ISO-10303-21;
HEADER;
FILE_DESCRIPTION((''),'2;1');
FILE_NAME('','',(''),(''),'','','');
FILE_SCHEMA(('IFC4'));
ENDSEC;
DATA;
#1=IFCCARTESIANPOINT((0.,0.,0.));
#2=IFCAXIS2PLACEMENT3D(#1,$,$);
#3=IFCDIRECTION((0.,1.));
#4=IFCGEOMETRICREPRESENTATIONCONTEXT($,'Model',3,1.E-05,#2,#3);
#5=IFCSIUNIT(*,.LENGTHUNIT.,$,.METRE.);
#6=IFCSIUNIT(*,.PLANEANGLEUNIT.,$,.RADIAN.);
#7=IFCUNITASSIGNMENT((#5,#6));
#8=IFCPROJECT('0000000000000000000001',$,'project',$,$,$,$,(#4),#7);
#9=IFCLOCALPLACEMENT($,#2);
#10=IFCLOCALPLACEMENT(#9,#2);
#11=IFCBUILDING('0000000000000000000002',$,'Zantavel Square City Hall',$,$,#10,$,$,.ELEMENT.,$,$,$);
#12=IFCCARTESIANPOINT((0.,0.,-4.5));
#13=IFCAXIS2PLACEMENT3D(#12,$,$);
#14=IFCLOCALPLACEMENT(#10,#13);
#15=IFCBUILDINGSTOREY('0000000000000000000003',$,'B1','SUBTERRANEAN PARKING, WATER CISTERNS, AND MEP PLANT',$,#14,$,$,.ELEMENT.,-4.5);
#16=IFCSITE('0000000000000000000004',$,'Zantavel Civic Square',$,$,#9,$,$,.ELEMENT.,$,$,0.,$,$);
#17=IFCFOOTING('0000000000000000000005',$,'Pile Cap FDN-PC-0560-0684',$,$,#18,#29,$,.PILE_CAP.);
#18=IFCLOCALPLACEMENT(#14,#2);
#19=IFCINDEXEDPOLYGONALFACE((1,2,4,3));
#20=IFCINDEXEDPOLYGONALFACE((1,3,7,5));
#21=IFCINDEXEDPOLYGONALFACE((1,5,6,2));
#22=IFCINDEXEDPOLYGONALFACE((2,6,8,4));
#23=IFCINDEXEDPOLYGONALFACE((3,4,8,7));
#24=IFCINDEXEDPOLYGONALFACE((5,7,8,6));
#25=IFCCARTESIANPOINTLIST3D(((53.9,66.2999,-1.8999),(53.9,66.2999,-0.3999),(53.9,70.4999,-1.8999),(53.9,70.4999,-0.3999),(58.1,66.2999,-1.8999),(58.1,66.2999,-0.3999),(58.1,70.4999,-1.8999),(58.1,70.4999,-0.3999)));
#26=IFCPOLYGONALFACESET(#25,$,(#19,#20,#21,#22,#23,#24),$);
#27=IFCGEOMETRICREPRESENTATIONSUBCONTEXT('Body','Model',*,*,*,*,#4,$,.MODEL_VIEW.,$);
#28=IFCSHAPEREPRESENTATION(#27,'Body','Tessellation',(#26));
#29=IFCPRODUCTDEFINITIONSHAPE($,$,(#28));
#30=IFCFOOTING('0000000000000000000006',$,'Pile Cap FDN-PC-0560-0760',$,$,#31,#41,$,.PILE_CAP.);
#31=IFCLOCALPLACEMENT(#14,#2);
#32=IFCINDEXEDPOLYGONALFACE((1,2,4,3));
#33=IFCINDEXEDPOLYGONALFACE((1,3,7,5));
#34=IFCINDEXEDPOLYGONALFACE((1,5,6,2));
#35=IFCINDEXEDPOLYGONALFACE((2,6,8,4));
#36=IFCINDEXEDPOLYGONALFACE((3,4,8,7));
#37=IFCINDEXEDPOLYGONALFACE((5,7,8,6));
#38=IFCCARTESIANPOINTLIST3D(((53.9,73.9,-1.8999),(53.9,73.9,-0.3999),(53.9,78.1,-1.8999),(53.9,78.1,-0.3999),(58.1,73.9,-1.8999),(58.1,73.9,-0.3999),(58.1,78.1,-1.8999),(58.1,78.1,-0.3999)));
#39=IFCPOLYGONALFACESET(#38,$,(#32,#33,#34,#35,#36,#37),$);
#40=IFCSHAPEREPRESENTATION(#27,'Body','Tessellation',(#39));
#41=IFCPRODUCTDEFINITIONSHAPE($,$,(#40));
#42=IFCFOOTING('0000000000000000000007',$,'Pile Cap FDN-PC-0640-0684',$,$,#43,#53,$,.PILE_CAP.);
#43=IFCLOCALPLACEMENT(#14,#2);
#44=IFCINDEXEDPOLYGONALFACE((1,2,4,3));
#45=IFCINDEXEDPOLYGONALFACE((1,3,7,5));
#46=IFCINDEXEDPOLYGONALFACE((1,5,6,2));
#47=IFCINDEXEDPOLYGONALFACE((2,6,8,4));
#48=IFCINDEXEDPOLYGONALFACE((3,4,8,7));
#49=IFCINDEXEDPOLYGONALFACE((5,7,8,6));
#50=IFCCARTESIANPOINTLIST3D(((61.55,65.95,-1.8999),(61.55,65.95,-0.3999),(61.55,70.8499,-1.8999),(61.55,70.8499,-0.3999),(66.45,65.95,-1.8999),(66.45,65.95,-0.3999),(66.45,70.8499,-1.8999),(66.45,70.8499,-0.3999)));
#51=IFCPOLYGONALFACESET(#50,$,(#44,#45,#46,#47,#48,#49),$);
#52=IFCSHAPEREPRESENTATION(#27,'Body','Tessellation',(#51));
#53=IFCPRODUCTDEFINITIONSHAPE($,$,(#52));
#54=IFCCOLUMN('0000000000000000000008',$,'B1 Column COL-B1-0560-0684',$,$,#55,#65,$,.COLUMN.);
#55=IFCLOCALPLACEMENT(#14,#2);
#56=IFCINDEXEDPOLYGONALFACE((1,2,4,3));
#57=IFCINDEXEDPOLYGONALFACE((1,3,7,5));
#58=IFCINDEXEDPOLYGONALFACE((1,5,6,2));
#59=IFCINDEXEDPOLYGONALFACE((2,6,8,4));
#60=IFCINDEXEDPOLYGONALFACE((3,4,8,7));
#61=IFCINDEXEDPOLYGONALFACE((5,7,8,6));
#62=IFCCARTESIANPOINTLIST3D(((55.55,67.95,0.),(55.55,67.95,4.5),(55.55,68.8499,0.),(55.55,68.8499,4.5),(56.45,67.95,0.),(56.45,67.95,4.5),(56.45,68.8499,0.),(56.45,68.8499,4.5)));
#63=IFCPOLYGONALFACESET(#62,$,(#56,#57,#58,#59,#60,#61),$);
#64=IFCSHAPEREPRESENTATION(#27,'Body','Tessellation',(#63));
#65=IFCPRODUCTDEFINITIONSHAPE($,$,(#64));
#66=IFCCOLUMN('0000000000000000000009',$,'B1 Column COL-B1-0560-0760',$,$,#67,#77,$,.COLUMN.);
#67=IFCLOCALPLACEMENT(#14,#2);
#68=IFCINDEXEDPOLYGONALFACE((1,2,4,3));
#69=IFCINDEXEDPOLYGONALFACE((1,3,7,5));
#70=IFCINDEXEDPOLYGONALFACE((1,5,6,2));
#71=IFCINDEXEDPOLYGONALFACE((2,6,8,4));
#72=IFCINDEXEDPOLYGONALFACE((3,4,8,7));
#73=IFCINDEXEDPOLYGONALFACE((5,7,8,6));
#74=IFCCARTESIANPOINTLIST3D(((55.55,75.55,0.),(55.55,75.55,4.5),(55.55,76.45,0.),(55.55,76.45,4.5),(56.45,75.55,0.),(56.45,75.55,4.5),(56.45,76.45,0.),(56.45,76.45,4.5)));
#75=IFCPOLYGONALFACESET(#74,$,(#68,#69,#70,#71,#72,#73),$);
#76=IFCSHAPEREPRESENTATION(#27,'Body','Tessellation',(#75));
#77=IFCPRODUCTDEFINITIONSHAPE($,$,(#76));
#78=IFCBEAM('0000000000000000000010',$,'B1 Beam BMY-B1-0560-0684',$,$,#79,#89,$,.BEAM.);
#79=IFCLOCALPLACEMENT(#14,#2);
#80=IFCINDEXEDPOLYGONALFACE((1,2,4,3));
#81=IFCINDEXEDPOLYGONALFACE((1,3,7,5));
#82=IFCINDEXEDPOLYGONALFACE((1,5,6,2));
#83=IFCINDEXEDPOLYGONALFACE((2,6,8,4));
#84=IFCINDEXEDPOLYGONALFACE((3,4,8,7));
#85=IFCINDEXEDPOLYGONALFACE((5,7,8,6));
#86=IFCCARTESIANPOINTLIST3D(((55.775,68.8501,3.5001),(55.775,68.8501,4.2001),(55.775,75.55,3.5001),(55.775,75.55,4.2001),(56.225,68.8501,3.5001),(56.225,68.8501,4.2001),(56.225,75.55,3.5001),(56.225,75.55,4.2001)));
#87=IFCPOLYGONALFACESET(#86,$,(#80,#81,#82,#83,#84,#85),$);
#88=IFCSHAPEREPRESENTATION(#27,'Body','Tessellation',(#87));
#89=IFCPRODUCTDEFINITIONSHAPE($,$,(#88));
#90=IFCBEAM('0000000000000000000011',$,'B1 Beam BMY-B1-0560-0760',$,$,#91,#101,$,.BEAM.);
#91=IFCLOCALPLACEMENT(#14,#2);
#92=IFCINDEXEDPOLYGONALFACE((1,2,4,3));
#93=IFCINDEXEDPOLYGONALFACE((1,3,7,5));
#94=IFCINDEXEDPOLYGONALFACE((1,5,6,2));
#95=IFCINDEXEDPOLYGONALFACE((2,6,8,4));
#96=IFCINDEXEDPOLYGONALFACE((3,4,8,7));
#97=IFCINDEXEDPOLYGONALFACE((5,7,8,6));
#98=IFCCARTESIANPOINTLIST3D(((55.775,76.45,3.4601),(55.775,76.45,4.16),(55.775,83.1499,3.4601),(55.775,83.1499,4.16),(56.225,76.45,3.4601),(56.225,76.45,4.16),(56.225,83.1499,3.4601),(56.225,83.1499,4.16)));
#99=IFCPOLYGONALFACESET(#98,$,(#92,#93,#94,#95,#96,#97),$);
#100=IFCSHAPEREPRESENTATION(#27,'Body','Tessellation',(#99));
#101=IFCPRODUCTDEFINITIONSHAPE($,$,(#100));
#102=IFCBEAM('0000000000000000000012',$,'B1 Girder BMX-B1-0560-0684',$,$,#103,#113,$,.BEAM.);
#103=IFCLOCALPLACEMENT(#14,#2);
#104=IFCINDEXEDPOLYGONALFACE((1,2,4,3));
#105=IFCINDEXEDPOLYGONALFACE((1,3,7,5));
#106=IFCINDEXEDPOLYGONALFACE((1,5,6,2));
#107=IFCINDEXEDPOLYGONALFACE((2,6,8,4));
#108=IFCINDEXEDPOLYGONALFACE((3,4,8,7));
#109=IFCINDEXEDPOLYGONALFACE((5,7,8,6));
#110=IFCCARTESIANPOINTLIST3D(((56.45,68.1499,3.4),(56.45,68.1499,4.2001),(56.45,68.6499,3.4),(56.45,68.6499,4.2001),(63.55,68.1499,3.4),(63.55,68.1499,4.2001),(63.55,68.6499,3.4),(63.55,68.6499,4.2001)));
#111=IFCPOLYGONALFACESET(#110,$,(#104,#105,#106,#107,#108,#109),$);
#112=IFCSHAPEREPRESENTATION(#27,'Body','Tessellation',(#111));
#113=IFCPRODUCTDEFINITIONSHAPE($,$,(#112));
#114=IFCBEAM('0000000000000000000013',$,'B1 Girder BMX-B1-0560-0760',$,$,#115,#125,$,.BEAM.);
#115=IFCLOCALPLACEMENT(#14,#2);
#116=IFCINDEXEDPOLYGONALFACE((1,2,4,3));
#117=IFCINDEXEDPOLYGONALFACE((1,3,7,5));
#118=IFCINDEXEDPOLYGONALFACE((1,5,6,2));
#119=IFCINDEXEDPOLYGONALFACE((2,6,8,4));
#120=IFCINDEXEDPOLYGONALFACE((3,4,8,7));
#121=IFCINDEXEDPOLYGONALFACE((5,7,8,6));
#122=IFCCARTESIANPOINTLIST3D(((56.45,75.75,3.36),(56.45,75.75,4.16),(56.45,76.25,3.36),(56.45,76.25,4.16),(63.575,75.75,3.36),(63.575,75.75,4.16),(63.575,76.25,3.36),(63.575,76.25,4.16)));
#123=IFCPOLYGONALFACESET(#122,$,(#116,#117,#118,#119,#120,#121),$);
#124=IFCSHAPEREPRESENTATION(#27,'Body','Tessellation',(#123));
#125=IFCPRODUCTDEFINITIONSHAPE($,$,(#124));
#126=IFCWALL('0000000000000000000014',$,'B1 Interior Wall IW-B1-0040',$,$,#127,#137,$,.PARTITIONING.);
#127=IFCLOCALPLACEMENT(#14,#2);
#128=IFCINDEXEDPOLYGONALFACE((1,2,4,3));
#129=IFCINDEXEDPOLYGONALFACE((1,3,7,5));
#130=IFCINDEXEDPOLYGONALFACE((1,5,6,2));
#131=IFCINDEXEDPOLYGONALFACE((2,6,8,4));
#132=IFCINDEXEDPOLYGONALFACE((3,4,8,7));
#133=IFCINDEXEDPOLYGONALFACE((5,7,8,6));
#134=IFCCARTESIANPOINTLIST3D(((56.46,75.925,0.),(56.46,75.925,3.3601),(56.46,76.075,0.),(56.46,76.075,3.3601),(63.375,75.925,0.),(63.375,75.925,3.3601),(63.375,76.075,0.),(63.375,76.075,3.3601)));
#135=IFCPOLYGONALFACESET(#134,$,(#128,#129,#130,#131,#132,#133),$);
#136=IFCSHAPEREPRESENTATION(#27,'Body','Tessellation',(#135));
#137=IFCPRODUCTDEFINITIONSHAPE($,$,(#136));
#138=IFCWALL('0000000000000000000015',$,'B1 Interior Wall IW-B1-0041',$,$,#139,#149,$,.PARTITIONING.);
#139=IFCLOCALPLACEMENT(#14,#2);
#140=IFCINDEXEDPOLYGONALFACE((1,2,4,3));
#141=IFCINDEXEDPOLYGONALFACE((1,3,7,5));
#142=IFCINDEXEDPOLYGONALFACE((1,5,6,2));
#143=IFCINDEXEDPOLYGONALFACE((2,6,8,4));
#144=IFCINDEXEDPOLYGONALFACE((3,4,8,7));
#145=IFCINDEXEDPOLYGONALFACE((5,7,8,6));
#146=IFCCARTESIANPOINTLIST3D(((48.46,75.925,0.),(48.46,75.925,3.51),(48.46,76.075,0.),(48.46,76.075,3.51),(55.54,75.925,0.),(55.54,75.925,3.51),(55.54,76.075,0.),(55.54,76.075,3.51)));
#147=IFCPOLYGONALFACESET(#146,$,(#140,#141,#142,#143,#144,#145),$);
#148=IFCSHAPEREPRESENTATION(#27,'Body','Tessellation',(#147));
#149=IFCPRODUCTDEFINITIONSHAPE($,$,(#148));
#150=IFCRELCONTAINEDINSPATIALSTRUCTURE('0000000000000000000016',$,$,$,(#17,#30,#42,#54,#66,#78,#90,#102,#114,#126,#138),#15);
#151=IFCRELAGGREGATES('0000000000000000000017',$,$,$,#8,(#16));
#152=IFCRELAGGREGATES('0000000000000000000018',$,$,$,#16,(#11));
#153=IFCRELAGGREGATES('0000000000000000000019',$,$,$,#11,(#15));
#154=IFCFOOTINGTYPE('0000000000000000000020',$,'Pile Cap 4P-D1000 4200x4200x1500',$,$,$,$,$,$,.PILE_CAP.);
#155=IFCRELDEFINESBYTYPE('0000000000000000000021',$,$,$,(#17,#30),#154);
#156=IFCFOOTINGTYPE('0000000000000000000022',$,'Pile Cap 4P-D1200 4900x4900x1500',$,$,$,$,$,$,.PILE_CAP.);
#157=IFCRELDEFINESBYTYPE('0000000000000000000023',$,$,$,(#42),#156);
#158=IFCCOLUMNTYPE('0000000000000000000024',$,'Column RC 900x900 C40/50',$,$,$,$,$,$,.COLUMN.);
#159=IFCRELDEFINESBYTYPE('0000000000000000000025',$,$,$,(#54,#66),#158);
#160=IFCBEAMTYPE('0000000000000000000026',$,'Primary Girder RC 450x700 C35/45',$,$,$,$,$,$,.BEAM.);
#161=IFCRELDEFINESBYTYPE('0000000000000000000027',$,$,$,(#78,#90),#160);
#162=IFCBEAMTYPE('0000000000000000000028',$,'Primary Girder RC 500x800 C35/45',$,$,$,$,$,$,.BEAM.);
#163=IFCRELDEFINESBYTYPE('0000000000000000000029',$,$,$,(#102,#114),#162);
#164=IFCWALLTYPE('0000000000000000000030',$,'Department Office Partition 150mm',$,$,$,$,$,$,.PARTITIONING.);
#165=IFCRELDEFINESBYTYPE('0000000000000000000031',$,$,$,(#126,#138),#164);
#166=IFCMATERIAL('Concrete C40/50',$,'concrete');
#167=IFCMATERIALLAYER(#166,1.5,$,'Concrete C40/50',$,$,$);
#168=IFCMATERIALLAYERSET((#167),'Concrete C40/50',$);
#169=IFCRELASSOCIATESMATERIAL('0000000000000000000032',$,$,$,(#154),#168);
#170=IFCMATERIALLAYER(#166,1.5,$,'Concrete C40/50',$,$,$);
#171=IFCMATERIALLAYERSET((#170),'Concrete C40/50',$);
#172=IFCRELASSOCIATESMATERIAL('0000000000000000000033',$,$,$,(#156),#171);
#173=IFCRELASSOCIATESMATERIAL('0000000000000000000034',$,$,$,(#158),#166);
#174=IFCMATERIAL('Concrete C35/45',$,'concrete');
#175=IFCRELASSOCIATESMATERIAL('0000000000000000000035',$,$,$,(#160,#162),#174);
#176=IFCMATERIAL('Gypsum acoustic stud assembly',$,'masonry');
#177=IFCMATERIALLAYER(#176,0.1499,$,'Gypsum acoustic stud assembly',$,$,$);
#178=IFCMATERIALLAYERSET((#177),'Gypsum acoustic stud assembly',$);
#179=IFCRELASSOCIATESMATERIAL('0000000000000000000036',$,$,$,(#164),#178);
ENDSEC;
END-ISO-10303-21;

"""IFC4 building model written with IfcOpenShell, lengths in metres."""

from ifc_helpers import new_model, si_unit, direction, frame, frame_2d, origin, origin_2d, place, context, subcontext, project, spatial, rectangle, extrude, material, layer, layer_set, material_profile, profile_set, type_object, element, save


model = new_model("IFC4")

# Units and contexts
model_context = context("Model", 3, precision=1e-05, world=origin(), true_north=direction((0.0, 1.0)))
body_context = subcontext(model_context, "Body", "Model", "MODEL_VIEW")
ifc_project = project(units=[si_unit("LENGTHUNIT", "METRE"), si_unit("PLANEANGLEUNIT", "RADIAN")], contexts=[model_context])

# Site, building, storey
site_placement = place(None, origin())
site = spatial("IfcSite", under=ifc_project, at=site_placement, Name="Zantavel Civic Square", CompositionType="ELEMENT", RefElevation=0.0)
building_placement = place(site_placement, origin())
building = spatial("IfcBuilding", under=site, at=building_placement, Name="Zantavel Square City Hall", CompositionType="ELEMENT")
storey_placement = place(building_placement, frame((0.0, 0.0, -4.5)))
storey = spatial("IfcBuildingStorey", under=building, at=storey_placement, Name="B1", Description="SUBTERRANEAN PARKING, WATER CISTERNS, AND MEP PLANT", CompositionType="ELEMENT", Elevation=-4.5)

# Shared definitions
ifc_material_1 = material(Name="Concrete C35/45", Category="concrete")

# Footings
ifc_material_2 = material(Name="Concrete C40/50", Category="concrete")
ifc_layer_1 = layer(ifc_material_2, 1.5, Name="Concrete C40/50")
ifc_layer_set_1 = layer_set([ifc_layer_1], Name="Concrete C40/50")
footing_type_1 = type_object("IfcFootingType", Name="Pile Cap 4P-D1000 4200x4200x1500", PredefinedType="PILE_CAP", material=ifc_layer_set_1)
for number, where, z_axis, x_axis, name in (
    (1, (56.0, 68.3999, -1.8999), (0.0, 0.0, 1.0), (1.0, 0.0, 0.0), "Pile Cap FDN-PC-0560-0684"),
    (2, (56.0, 76.0, -1.8999), (0.0, 0.0, 1.0), (1.0, 0.0, 0.0), "Pile Cap FDN-PC-0560-0760"),
):
    element("IfcFooting", number, at=place(storey_placement, frame(where, z_axis=z_axis, x_axis=x_axis)), inside=storey, type_object=footing_type_1, Name=name, PredefinedType="PILE_CAP", context=body_context, shape_type="SweptSolid", body=[
        extrude(rectangle(XDim=4.2, YDim=4.2, at=origin_2d()), origin(), (0.0, 0.0, 1.0), 1.5),
    ])
ifc_layer_2 = layer(ifc_material_2, 1.5, Name="Concrete C40/50")
ifc_layer_set_2 = layer_set([ifc_layer_2], Name="Concrete C40/50")
footing_type_2 = type_object("IfcFootingType", Name="Pile Cap 4P-D1200 4900x4900x1500", PredefinedType="PILE_CAP", material=ifc_layer_set_2)
footing_1_placement = place(storey_placement, frame((64.0, 68.3999, -1.8999), z_axis=(0.0, 0.0, 1.0), x_axis=(1.0, 0.0, 0.0)))
element("IfcFooting", 3, at=footing_1_placement, inside=storey, type_object=footing_type_2, Name="Pile Cap FDN-PC-0640-0684", PredefinedType="PILE_CAP", context=body_context, shape_type="SweptSolid", body=[
    extrude(rectangle(XDim=4.8999, YDim=4.8999, at=origin_2d()), origin(), (0.0, 0.0, 1.0), 1.5),
])

# Columns
ifc_material_profile_1 = material_profile(ifc_material_2, rectangle(XDim=0.8999, YDim=0.8999, at=origin_2d()), Name="RC 900x900")
ifc_profile_set_1 = profile_set([ifc_material_profile_1], Name="Concrete C40/50")
column_type = type_object("IfcColumnType", Name="Column RC 900x900 C40/50", PredefinedType="COLUMN", material=ifc_profile_set_1)
for number, where, z_axis, x_axis, name in (
    (4, (56.0, 68.3999, 0.0), (0.0, 0.0, 1.0), (1.0, 0.0, 0.0), "B1 Column COL-B1-0560-0684"),
    (5, (56.0, 76.0, 0.0), (0.0, 0.0, 1.0), (1.0, 0.0, 0.0), "B1 Column COL-B1-0560-0760"),
):
    element("IfcColumn", number, at=place(storey_placement, frame(where, z_axis=z_axis, x_axis=x_axis)), inside=storey, type_object=column_type, Name=name, PredefinedType="COLUMN", context=body_context, shape_type="SweptSolid", body=[
        extrude(rectangle(XDim=0.8999, YDim=0.8999, at=origin_2d()), origin(), (0.0, 0.0, 1.0), 4.5),
    ])

# Beams
ifc_material_profile_2 = material_profile(ifc_material_1, rectangle(XDim=0.45, YDim=0.7, at=origin_2d()), Name="RC 450x700")
ifc_profile_set_2 = profile_set([ifc_material_profile_2], Name="Concrete C35/45")
beam_type_1 = type_object("IfcBeamType", Name="Primary Girder RC 450x700 C35/45", PredefinedType="BEAM", material=ifc_profile_set_2)
for number, where, z_axis, x_axis, name in (
    (6, (56.0, 68.8501, 3.8501), (0.0, 1.0, 0.0), (-1.0, 0.0, 0.0), "B1 Beam BMY-B1-0560-0684"),
    (7, (56.0, 76.45, 3.8101), (0.0, 1.0, 0.0), (-1.0, 0.0, 0.0), "B1 Beam BMY-B1-0560-0760"),
):
    element("IfcBeam", number, at=place(storey_placement, frame(where, z_axis=z_axis, x_axis=x_axis)), inside=storey, type_object=beam_type_1, Name=name, PredefinedType="BEAM", context=body_context, shape_type="SweptSolid", body=[
        extrude(rectangle(XDim=0.45, YDim=0.7, at=origin_2d()), origin(), (0.0, 0.0, 1.0), 6.7),
    ])
ifc_material_profile_3 = material_profile(ifc_material_1, rectangle(XDim=0.5, YDim=0.8, at=origin_2d()), Name="RC 500x800")
ifc_profile_set_3 = profile_set([ifc_material_profile_3], Name="Concrete C35/45")
beam_type_2 = type_object("IfcBeamType", Name="Primary Girder RC 500x800 C35/45", PredefinedType="BEAM", material=ifc_profile_set_3)
beam_1_placement = place(storey_placement, frame((56.45, 68.3999, 3.8), z_axis=(1.0, 0.0, 0.0), x_axis=(0.0, 1.0, 0.0)))
element("IfcBeam", 8, at=beam_1_placement, inside=storey, type_object=beam_type_2, Name="B1 Girder BMX-B1-0560-0684", PredefinedType="BEAM", context=body_context, shape_type="SweptSolid", body=[
    extrude(rectangle(XDim=0.5, YDim=0.8, at=origin_2d()), origin(), (0.0, 0.0, 1.0), 7.1001),
])
beam_2_placement = place(storey_placement, frame((56.45, 76.0, 3.76), z_axis=(1.0, 0.0, 0.0), x_axis=(0.0, 1.0, 0.0)))
element("IfcBeam", 9, at=beam_2_placement, inside=storey, type_object=beam_type_2, Name="B1 Girder BMX-B1-0560-0760", PredefinedType="BEAM", context=body_context, shape_type="SweptSolid", body=[
    extrude(rectangle(XDim=0.5, YDim=0.8, at=origin_2d()), origin(), (0.0, 0.0, 1.0), 7.125),
])

# Walls
ifc_material_3 = material(Name="Gypsum acoustic stud assembly", Category="masonry")
ifc_layer_3 = layer(ifc_material_3, 0.1499, Name="Gypsum acoustic stud assembly")
ifc_layer_set_3 = layer_set([ifc_layer_3], Name="Gypsum acoustic stud assembly")
wall_type = type_object("IfcWallType", Name="Department Office Partition 150mm", PredefinedType="PARTITIONING", material=ifc_layer_set_3)
wall_1_placement = place(storey_placement, frame((63.375, 76.0, 0.0), z_axis=(0.0, 0.0, 1.0), x_axis=(-1.0, 0.0, 0.0)))
element("IfcWall", 10, at=wall_1_placement, inside=storey, type_object=wall_type, Name="B1 Interior Wall IW-B1-0040", PredefinedType="PARTITIONING", context=body_context, shape_type="SweptSolid", body=[
    extrude(rectangle(XDim=6.915, YDim=0.1499, at=frame_2d((3.4575, 0.0))), origin(), (0.0, 0.0, 1.0), 3.3601),
])
wall_2_placement = place(storey_placement, frame((55.54, 76.0, 0.0), z_axis=(0.0, 0.0, 1.0), x_axis=(-1.0, 0.0, 0.0)))
element("IfcWall", 11, at=wall_2_placement, inside=storey, type_object=wall_type, Name="B1 Interior Wall IW-B1-0041", PredefinedType="PARTITIONING", context=body_context, shape_type="SweptSolid", body=[
    extrude(rectangle(XDim=7.0801, YDim=0.1499, at=frame_2d((3.54, 0.0))), origin(), (0.0, 0.0, 1.0), 3.51),
])

save(model, "model.ifc")
